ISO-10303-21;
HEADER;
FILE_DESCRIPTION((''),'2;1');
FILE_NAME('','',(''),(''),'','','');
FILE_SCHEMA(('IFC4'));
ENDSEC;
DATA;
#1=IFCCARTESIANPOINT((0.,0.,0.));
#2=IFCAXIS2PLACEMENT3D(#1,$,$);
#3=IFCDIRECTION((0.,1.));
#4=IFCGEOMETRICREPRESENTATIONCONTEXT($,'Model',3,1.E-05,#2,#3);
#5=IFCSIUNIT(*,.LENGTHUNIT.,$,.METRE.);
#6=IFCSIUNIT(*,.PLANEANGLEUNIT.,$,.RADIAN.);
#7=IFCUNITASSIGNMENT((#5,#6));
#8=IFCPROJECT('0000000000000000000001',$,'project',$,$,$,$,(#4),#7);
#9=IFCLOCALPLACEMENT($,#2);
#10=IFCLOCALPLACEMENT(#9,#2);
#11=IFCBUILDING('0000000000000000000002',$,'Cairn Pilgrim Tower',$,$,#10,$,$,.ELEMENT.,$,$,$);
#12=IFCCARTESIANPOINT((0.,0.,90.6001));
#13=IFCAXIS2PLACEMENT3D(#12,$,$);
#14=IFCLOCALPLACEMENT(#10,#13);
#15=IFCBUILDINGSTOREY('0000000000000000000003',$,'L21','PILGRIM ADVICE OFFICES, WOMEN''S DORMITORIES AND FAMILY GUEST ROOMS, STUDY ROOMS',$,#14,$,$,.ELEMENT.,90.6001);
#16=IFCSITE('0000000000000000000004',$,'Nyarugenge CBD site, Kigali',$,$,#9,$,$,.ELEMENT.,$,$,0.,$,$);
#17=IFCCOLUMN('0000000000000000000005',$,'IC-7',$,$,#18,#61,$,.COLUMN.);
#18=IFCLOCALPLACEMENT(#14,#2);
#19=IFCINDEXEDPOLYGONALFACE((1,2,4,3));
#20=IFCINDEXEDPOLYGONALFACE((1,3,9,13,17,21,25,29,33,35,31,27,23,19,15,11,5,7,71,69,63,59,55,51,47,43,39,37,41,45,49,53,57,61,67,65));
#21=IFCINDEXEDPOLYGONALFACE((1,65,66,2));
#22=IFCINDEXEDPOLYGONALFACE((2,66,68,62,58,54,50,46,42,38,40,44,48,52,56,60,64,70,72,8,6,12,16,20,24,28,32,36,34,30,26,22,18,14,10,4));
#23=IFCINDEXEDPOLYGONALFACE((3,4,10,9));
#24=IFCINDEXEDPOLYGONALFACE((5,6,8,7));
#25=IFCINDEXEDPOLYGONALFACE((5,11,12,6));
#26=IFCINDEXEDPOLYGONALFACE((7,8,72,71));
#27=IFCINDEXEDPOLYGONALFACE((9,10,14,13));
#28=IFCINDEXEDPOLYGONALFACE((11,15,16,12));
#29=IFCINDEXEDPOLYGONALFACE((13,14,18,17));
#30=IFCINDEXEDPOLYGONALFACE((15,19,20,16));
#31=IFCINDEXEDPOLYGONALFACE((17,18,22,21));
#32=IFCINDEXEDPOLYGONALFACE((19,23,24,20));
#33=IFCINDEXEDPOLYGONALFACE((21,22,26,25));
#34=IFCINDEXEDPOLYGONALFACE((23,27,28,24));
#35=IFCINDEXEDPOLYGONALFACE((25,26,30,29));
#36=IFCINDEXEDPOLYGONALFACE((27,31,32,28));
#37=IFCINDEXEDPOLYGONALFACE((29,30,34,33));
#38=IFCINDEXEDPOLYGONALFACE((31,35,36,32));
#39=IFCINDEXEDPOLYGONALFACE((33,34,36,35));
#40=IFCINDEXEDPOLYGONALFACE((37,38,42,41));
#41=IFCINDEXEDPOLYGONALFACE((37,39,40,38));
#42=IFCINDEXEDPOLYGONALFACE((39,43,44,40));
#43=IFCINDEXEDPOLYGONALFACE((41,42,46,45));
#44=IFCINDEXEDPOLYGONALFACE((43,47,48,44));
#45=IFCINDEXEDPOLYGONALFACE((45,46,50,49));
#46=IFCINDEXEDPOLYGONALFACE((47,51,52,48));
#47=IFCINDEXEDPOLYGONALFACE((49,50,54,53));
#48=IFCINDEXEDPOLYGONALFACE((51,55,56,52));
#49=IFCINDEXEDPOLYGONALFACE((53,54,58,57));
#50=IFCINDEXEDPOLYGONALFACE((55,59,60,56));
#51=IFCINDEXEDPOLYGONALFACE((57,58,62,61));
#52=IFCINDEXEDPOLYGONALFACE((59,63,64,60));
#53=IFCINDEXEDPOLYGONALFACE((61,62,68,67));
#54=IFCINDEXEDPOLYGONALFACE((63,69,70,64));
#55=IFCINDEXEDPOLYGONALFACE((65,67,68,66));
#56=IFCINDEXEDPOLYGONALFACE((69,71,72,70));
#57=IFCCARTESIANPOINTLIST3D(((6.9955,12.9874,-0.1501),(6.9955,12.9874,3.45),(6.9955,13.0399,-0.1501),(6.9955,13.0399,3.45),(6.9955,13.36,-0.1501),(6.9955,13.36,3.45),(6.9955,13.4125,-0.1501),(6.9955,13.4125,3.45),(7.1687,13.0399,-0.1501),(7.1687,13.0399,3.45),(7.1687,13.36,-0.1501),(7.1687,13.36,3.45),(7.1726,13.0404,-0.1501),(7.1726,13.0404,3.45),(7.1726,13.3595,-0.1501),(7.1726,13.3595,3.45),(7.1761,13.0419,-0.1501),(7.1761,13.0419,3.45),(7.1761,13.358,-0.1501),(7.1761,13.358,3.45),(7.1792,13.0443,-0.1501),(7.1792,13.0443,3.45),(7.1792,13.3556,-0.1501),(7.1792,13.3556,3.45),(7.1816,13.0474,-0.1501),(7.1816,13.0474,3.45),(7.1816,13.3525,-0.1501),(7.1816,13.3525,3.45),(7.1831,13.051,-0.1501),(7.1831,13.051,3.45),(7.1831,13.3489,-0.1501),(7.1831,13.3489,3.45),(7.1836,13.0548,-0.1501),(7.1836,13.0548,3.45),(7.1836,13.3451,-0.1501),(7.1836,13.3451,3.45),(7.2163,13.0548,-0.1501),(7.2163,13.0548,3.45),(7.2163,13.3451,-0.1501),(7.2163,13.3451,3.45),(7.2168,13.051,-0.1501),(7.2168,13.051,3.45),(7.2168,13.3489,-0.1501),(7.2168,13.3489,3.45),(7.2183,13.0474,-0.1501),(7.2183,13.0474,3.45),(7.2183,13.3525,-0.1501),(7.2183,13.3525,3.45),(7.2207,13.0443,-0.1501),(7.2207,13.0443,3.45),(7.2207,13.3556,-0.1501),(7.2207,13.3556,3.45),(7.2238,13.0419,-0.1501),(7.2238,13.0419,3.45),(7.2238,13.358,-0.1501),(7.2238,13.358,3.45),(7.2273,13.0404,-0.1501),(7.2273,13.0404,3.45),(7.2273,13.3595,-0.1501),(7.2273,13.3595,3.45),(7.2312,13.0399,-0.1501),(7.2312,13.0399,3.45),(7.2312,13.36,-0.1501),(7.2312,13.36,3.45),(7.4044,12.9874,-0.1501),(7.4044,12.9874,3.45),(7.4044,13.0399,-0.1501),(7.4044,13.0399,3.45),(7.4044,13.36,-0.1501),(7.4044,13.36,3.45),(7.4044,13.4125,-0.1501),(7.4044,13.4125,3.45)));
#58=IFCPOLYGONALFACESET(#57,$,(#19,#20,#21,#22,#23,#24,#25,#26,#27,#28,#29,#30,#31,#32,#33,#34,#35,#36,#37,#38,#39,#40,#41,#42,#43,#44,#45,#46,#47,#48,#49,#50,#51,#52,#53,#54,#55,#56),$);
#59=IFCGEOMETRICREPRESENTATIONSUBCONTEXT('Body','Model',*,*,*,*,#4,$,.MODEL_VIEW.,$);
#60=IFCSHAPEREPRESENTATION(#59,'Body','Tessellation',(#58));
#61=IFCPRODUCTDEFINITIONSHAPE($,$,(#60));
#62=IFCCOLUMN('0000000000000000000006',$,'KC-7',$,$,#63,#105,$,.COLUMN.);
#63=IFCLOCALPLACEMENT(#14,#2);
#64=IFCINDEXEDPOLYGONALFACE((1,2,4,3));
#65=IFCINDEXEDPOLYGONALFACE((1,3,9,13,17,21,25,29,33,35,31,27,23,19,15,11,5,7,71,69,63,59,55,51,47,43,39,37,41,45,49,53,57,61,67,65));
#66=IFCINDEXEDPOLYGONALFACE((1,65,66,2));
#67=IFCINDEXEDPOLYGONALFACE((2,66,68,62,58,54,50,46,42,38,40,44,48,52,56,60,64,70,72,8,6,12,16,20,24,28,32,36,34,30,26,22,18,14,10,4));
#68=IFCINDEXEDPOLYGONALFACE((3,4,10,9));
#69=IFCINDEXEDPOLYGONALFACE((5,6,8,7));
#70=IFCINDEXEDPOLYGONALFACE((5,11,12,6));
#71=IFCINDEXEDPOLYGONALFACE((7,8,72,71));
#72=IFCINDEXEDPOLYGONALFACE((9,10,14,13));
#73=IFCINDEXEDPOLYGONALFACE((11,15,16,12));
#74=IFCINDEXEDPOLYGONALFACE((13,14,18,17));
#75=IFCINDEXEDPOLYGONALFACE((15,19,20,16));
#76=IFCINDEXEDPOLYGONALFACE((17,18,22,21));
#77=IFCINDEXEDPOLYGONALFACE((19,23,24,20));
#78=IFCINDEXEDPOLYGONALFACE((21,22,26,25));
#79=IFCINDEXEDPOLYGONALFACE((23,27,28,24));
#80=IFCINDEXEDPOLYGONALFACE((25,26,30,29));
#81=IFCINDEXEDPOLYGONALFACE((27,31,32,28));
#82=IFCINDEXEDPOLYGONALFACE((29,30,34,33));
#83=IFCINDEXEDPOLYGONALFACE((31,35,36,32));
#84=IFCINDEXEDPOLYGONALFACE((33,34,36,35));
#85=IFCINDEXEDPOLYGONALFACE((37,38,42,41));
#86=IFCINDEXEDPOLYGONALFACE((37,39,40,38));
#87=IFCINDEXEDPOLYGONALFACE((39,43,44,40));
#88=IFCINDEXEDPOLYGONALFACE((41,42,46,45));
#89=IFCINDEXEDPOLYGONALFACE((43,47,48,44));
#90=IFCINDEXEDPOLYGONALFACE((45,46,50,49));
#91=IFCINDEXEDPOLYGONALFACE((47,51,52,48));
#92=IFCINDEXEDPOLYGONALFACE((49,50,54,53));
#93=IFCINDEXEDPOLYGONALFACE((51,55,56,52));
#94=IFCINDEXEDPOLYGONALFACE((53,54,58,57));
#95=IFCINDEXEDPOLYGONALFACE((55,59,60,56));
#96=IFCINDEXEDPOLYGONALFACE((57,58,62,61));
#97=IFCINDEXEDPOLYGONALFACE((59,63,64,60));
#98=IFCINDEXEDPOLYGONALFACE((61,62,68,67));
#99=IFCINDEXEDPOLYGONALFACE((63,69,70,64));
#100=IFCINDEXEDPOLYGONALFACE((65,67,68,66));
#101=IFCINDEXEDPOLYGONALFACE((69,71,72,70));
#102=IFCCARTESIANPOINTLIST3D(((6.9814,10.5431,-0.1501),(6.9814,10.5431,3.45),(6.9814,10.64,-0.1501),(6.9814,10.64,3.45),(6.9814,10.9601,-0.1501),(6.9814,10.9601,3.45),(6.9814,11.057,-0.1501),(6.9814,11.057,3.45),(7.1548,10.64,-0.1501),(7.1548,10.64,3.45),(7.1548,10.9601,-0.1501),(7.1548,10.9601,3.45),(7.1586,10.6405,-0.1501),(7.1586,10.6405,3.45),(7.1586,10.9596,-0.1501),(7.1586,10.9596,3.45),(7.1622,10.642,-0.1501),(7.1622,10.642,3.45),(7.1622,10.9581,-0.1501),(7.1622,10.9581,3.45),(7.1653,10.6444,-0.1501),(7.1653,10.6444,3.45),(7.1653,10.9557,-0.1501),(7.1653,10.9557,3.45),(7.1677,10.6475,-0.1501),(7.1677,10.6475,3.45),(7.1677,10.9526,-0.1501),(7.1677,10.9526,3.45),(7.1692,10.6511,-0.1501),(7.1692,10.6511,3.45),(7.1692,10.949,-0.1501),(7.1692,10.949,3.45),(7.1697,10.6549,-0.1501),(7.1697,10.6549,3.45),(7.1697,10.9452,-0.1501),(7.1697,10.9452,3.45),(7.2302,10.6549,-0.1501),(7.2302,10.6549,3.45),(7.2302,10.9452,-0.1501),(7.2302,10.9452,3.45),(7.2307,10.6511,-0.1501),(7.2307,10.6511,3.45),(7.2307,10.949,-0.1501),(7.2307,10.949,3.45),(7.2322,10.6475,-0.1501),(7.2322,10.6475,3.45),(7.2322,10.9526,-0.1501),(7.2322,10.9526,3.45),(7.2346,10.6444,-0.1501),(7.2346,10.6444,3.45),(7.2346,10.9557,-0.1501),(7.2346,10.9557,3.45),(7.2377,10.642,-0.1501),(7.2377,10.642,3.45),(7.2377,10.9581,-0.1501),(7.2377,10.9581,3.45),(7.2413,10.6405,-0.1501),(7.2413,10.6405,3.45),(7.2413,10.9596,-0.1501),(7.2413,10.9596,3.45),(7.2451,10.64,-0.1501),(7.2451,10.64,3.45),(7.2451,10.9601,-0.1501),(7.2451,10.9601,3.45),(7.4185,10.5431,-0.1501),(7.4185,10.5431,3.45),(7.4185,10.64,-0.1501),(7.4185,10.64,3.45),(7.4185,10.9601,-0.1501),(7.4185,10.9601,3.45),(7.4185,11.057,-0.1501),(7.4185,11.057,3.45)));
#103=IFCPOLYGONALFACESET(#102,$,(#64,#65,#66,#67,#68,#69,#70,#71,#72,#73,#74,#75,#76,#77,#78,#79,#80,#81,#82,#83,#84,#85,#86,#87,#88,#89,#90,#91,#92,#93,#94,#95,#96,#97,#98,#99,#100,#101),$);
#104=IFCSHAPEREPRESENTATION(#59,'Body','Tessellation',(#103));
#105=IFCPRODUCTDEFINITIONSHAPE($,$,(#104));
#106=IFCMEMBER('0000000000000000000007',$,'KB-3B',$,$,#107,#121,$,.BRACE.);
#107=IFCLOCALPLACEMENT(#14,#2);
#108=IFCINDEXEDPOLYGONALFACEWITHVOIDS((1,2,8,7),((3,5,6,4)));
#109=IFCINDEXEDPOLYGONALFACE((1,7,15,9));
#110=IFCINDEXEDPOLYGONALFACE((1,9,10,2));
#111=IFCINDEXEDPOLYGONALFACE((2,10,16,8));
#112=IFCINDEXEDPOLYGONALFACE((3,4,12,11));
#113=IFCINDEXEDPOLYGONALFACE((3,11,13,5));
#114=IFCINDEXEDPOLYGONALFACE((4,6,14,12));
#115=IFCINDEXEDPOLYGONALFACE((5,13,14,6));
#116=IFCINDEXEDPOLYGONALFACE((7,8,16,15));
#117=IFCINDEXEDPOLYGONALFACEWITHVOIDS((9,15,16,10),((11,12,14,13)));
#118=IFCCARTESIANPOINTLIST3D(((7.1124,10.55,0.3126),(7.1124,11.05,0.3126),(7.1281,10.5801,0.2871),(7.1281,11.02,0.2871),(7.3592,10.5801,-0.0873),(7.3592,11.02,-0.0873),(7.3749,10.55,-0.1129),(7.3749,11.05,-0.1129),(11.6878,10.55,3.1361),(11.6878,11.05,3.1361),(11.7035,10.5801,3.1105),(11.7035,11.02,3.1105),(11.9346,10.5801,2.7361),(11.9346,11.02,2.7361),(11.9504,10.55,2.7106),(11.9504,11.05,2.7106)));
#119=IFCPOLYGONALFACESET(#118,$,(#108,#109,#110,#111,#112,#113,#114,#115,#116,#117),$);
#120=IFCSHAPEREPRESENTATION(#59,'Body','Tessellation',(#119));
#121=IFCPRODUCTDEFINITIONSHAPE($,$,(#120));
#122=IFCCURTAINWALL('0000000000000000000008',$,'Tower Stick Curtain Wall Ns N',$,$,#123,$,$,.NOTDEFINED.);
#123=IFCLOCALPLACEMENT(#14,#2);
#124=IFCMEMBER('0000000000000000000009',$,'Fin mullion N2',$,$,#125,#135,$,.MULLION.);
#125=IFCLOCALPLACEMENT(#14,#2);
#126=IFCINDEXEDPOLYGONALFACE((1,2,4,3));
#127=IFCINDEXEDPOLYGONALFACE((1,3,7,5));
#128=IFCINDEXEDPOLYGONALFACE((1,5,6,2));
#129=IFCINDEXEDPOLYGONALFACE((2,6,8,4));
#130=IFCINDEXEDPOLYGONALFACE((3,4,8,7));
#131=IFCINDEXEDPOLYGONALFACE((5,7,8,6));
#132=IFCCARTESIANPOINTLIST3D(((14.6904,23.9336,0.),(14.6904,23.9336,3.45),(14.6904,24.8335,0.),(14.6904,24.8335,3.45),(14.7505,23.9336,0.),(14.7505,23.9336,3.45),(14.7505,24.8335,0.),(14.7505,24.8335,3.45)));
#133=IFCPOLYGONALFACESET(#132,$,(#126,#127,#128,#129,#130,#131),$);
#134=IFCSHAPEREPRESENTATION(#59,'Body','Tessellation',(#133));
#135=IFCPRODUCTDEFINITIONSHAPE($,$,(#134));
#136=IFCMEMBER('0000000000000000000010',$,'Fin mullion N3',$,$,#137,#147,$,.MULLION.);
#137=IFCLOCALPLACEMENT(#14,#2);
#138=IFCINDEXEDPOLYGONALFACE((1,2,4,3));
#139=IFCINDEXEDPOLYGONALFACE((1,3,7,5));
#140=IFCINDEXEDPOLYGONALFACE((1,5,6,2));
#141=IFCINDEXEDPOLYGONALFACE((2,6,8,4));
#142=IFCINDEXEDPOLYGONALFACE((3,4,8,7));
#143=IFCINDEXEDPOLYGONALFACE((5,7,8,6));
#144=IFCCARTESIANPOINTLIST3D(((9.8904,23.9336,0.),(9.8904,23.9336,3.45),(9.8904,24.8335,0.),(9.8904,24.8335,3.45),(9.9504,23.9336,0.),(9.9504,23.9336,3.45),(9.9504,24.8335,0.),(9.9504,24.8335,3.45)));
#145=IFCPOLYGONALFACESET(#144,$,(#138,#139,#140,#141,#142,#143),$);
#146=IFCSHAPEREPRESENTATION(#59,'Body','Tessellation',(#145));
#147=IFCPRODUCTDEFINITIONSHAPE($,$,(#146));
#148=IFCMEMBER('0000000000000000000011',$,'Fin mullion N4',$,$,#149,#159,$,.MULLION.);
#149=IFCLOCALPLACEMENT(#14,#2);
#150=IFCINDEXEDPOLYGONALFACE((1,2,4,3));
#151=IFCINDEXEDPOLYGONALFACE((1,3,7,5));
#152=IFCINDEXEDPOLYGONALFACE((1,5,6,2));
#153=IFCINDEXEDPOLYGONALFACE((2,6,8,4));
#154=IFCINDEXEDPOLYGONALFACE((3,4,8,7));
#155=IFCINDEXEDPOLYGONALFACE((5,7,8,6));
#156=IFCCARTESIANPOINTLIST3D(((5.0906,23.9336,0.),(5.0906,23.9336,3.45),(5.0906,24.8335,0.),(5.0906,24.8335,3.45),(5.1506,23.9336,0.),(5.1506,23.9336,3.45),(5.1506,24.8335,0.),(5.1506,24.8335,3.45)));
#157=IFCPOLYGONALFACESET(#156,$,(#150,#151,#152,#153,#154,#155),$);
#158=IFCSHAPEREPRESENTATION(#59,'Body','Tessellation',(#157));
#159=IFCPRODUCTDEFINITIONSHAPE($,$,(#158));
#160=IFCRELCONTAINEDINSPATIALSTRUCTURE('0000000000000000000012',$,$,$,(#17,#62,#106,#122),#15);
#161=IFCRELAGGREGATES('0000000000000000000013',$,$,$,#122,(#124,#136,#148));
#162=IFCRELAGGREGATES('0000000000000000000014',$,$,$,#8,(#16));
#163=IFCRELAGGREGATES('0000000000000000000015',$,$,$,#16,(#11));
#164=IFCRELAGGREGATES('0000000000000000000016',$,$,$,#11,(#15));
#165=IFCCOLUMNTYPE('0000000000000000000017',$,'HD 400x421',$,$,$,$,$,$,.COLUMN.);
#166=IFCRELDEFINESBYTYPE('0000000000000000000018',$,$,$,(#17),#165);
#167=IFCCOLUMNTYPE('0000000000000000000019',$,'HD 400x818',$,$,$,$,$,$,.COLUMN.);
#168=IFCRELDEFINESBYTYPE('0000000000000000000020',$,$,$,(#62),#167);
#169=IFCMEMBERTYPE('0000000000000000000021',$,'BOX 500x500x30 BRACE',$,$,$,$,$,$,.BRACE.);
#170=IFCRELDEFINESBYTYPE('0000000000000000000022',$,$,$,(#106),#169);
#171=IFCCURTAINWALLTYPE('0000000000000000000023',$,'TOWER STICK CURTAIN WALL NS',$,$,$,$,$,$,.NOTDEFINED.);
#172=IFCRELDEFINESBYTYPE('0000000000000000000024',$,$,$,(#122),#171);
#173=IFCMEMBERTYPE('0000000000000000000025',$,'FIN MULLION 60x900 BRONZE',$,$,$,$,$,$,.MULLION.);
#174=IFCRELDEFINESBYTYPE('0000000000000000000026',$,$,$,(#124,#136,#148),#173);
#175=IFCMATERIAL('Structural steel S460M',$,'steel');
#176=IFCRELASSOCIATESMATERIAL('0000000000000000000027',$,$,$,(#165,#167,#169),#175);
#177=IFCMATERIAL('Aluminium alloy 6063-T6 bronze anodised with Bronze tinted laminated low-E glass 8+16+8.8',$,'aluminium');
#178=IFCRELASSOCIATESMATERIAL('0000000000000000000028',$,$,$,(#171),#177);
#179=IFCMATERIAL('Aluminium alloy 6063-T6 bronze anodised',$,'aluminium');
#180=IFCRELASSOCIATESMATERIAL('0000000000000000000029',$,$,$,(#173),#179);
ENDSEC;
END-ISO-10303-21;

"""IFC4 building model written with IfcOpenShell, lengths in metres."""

from ifc_helpers import new_model, si_unit, direction, frame, origin, origin_2d, place, context, subcontext, project, spatial, rectangle, hollow_rectangle, i_section, extrude, material, material_profile, profile_set, type_object, element, aggregate, save


model = new_model("IFC4")

# Units and contexts
model_context = context("Model", 3, precision=1e-05, world=origin(), true_north=direction((0.0, 1.0)))
body_context = subcontext(model_context, "Body", "Model", "MODEL_VIEW")
ifc_project = project(units=[si_unit("LENGTHUNIT", "METRE"), si_unit("PLANEANGLEUNIT", "RADIAN")], contexts=[model_context])

# Site, building, storey
site_placement = place(None, origin())
site = spatial("IfcSite", under=ifc_project, at=site_placement, Name="Nyarugenge CBD site, Kigali", CompositionType="ELEMENT", RefElevation=0.0)
building_placement = place(site_placement, origin())
building = spatial("IfcBuilding", under=site, at=building_placement, Name="Cairn Pilgrim Tower", CompositionType="ELEMENT")
storey_placement = place(building_placement, frame((0.0, 0.0, 90.6001)))
storey = spatial("IfcBuildingStorey", under=building, at=storey_placement, Name="L21", Description="PILGRIM ADVICE OFFICES, WOMEN'S DORMITORIES AND FAMILY GUEST ROOMS, STUDY ROOMS", CompositionType="ELEMENT", Elevation=90.6001)

# Columns
ifc_material_1 = material(Name="Structural steel S460M", Category="steel")
ifc_material_profile_1 = material_profile(ifc_material_1, i_section(OverallWidth=0.4089, OverallDepth=0.425, WebThickness=0.0327, FlangeThickness=0.0525, FilletRadius=0.0149, at=origin_2d()), Name="HD 400x421")
ifc_profile_set_1 = profile_set([ifc_material_profile_1], Name="Structural steel S460M")
column_type_1 = type_object("IfcColumnType", Name="HD 400x421", PredefinedType="COLUMN", material=ifc_profile_set_1)
column_1_placement = place(storey_placement, frame((7.2, 13.2, -0.1501), z_axis=(0.0, 0.0, 1.0), x_axis=(1.0, 0.0, 0.0)))
element("IfcColumn", 1, at=column_1_placement, inside=storey, type_object=column_type_1, Name="IC-7", PredefinedType="COLUMN", context=body_context, shape_type="SweptSolid", body=[
    extrude(i_section(OverallWidth=0.4089, OverallDepth=0.425, WebThickness=0.0327, FlangeThickness=0.0525, FilletRadius=0.0149, at=origin_2d()), origin(), (0.0, 0.0, 1.0), 3.6001),
])
ifc_material_profile_2 = material_profile(ifc_material_1, i_section(OverallWidth=0.437, OverallDepth=0.5139, WebThickness=0.0605, FlangeThickness=0.0969, FilletRadius=0.0149, at=origin_2d()), Name="HD 400x818")
ifc_profile_set_2 = profile_set([ifc_material_profile_2], Name="Structural steel S460M")
column_type_2 = type_object("IfcColumnType", Name="HD 400x818", PredefinedType="COLUMN", material=ifc_profile_set_2)
column_2_placement = place(storey_placement, frame((7.2, 10.8, -0.1501), z_axis=(0.0, 0.0, 1.0), x_axis=(1.0, 0.0, 0.0)))
element("IfcColumn", 2, at=column_2_placement, inside=storey, type_object=column_type_2, Name="KC-7", PredefinedType="COLUMN", context=body_context, shape_type="SweptSolid", body=[
    extrude(i_section(OverallWidth=0.437, OverallDepth=0.5139, WebThickness=0.0605, FlangeThickness=0.0969, FilletRadius=0.0149, at=origin_2d()), origin(), (0.0, 0.0, 1.0), 3.6001),
])

# Member
ifc_material_profile_3 = material_profile(ifc_material_1, hollow_rectangle(XDim=0.5, YDim=0.5, WallThickness=0.03, at=origin_2d()), Name="BOX 500x500x30")
ifc_profile_set_3 = profile_set([ifc_material_profile_3], Name="Structural steel S460M")
member_type_1 = type_object("IfcMemberType", Name="BOX 500x500x30 BRACE", PredefinedType="BRACE", material=ifc_profile_set_3)
member_1_placement = place(storey_placement, frame((7.2437, 10.8, 0.0999), z_axis=(0.851008, 0.0, 0.525154), x_axis=(0.0, 1.0, 0.0)))
element("IfcMember", 3, at=member_1_placement, inside=storey, type_object=member_type_1, Name="KB-3B", PredefinedType="BRACE", context=body_context, shape_type="SweptSolid", body=[
    extrude(hollow_rectangle(XDim=0.5, YDim=0.5, WallThickness=0.03, at=origin_2d()), origin(), (0.0, 0.0, 1.0), 5.3765),
])

# Curtain wall, members
ifc_material_2 = material(Name="Aluminium alloy 6063-T6 bronze anodised with Bronze tinted laminated low-E glass 8+16+8.8", Category="aluminium")
curtain_wall_type = type_object("IfcCurtainWallType", Name="TOWER STICK CURTAIN WALL NS", PredefinedType="NOTDEFINED", material=ifc_material_2)
curtain_wall_placement = place(storey_placement, origin())
curtain_wall = element("IfcCurtainWall", 4, at=curtain_wall_placement, inside=storey, type_object=curtain_wall_type, Name="Tower Stick Curtain Wall Ns N", PredefinedType="NOTDEFINED")
ifc_material_3 = material(Name="Aluminium alloy 6063-T6 bronze anodised", Category="aluminium")
ifc_material_profile_4 = material_profile(ifc_material_3, rectangle(XDim=0.8999, YDim=0.0601, at=origin_2d()), Name="FIN MULLION 60x900 BRONZE")
ifc_profile_set_4 = profile_set([ifc_material_profile_4], Name="Aluminium alloy 6063-T6 bronze anodised")
member_type_2 = type_object("IfcMemberType", Name="FIN MULLION 60x900 BRONZE", PredefinedType="MULLION", material=ifc_profile_set_4)
member_2_placement = place(storey_placement, frame((14.7205, 24.3835, 0.0), z_axis=(0.0, 0.0, 1.0), x_axis=(0.0, 1.0, 0.0)))
member_2 = element("IfcMember", 5, at=member_2_placement, type_object=member_type_2, Name="Fin mullion N2", PredefinedType="MULLION", context=body_context, shape_type="SweptSolid", body=[
    extrude(rectangle(XDim=0.8999, YDim=0.0601, at=origin_2d()), origin(), (0.0, 0.0, 1.0), 3.45),
])
member_3_placement = place(storey_placement, frame((9.9204, 24.3835, 0.0), z_axis=(0.0, 0.0, 1.0), x_axis=(0.0, 1.0, 0.0)))
member_3 = element("IfcMember", 6, at=member_3_placement, type_object=member_type_2, Name="Fin mullion N3", PredefinedType="MULLION", context=body_context, shape_type="SweptSolid", body=[
    extrude(rectangle(XDim=0.8999, YDim=0.0601, at=origin_2d()), origin(), (0.0, 0.0, 1.0), 3.45),
])
member_4_placement = place(storey_placement, frame((5.1206, 24.3835, 0.0), z_axis=(0.0, 0.0, 1.0), x_axis=(0.0, 1.0, 0.0)))
member_4 = element("IfcMember", 7, at=member_4_placement, type_object=member_type_2, Name="Fin mullion N4", PredefinedType="MULLION", context=body_context, shape_type="SweptSolid", body=[
    extrude(rectangle(XDim=0.8999, YDim=0.0601, at=origin_2d()), origin(), (0.0, 0.0, 1.0), 3.45),
])

aggregate(curtain_wall, [member_2, member_3, member_4])

save(model, "model.ifc")
